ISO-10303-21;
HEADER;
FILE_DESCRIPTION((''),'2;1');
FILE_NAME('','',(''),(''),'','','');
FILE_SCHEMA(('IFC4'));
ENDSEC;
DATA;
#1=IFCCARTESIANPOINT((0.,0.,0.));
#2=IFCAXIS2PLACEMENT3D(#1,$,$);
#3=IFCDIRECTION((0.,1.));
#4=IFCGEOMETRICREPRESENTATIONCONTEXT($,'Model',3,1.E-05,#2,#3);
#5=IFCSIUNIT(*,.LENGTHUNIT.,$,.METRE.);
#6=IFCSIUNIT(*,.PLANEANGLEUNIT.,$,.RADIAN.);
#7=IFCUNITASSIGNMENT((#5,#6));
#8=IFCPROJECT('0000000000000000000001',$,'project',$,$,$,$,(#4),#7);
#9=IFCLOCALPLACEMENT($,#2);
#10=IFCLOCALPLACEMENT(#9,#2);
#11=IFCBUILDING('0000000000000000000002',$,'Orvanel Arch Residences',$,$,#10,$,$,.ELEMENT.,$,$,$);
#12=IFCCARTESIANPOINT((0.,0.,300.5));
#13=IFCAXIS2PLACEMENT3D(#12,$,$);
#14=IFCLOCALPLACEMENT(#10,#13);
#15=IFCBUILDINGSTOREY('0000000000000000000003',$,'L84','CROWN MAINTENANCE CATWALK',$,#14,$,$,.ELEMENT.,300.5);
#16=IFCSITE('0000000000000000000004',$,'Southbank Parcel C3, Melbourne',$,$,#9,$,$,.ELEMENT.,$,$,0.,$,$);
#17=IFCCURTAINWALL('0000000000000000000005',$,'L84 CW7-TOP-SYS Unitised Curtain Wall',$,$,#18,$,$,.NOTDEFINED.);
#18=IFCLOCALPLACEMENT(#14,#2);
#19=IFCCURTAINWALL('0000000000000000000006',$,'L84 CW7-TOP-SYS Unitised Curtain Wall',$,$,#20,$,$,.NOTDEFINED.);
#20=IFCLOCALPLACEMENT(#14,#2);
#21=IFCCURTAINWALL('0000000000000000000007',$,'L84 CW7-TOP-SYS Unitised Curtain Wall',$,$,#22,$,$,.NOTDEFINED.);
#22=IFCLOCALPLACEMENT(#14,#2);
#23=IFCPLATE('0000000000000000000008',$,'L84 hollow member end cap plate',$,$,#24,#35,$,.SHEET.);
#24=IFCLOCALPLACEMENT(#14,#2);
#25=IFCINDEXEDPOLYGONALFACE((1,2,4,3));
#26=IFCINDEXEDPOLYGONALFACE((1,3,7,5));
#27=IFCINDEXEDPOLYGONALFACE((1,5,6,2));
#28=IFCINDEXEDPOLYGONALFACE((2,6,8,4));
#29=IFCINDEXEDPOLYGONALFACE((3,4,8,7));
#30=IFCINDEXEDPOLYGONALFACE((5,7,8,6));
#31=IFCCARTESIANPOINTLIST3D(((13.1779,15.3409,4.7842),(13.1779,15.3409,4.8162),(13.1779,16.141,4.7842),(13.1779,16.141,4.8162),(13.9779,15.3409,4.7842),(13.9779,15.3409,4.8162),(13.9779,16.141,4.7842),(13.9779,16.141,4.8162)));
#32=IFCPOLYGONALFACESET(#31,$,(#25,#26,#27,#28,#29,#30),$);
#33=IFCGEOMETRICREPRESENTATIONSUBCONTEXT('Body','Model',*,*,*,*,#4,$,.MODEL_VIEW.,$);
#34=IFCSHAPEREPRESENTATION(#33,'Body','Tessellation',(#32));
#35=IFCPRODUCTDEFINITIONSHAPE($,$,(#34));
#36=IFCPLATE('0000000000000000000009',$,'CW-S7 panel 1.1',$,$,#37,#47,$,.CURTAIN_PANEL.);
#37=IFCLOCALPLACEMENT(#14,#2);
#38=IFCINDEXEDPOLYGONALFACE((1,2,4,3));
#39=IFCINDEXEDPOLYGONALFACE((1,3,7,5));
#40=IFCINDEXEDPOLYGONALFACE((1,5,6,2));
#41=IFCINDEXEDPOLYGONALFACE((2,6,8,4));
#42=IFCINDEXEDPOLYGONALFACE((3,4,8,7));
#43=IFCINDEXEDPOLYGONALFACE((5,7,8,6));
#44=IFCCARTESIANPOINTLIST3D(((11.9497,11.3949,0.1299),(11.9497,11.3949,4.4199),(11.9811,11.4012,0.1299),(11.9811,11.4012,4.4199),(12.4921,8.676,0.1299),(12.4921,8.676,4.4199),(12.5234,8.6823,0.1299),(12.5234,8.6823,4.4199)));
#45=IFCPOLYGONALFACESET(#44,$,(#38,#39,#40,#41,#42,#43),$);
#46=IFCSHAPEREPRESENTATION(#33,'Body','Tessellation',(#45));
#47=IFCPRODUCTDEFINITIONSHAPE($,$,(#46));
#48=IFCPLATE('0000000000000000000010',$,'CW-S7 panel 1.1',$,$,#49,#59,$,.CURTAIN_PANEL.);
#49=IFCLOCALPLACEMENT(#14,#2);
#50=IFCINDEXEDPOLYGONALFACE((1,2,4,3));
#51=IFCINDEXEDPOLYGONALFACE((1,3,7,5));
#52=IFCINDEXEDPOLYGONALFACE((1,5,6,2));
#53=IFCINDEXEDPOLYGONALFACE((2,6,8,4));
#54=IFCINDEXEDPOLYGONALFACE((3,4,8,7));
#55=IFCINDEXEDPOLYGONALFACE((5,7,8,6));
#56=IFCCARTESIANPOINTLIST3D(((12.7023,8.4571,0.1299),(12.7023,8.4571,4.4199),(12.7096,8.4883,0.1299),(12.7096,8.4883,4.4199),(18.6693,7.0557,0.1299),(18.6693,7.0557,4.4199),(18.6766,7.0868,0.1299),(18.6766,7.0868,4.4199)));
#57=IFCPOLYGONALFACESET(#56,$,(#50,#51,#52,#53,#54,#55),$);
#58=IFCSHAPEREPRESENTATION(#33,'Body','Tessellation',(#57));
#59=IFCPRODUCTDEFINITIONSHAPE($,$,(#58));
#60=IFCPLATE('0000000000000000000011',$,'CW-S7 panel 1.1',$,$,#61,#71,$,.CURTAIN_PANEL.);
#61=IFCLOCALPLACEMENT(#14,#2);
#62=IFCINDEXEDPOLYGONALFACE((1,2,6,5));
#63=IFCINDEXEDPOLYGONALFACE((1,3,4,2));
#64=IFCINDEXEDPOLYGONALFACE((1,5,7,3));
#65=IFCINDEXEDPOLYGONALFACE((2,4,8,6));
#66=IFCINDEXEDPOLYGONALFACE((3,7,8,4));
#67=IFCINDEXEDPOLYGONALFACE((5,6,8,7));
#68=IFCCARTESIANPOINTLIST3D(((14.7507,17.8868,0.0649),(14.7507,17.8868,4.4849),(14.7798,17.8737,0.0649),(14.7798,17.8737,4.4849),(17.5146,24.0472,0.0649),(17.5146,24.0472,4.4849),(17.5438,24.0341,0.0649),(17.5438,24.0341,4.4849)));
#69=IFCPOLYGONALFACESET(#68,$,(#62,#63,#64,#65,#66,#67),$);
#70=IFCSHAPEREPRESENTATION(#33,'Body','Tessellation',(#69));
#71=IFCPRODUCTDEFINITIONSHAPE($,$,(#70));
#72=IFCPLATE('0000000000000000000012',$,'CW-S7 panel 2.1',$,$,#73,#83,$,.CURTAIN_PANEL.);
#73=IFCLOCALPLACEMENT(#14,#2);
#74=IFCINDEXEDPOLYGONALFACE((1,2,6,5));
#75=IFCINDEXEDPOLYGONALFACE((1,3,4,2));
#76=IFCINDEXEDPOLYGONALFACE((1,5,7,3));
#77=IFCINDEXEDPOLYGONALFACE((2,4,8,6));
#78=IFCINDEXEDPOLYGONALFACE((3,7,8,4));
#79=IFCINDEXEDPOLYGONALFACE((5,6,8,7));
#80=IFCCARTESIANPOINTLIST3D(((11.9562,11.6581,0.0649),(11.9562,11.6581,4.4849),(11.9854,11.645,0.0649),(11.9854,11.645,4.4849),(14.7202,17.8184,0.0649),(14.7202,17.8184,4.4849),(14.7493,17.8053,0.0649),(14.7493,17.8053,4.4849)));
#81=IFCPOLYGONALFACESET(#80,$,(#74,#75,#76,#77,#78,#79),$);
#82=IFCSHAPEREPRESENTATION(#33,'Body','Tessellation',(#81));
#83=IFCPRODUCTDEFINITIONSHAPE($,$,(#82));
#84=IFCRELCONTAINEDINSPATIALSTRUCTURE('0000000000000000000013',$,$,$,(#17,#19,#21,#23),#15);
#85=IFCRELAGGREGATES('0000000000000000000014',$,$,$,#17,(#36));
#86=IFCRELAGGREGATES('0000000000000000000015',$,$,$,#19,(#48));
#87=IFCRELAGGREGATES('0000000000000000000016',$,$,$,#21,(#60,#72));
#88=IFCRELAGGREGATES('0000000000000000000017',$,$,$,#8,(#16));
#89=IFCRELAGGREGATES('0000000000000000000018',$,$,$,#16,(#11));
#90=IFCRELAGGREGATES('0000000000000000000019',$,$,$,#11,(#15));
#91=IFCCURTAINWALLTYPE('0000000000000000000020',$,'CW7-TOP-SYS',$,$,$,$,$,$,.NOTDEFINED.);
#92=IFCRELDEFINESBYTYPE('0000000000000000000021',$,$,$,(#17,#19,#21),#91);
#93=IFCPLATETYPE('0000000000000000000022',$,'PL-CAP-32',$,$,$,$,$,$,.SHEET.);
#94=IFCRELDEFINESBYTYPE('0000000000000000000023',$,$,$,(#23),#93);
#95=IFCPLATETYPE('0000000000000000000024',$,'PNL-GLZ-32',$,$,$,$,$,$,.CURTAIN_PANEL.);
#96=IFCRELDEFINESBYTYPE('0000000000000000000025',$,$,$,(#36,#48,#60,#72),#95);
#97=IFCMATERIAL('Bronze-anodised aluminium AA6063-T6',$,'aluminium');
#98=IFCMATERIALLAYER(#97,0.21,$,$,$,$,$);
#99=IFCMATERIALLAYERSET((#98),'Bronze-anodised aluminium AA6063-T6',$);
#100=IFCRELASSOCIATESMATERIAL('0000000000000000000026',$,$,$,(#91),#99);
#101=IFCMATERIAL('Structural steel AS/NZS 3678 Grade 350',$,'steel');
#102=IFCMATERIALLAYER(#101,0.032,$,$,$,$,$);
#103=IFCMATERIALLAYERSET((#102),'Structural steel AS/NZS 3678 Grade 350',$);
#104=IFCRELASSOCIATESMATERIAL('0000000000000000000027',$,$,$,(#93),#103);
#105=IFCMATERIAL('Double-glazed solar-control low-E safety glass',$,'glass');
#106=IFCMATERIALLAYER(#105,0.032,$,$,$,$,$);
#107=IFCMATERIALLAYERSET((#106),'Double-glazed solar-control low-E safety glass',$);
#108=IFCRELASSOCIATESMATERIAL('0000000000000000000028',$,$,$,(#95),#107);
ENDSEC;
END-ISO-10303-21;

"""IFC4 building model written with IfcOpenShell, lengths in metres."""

from ifc_helpers import new_model, si_unit, direction, frame, origin, origin_2d, place, context, subcontext, project, spatial, rectangle, extrude, material, layer, layer_set, type_object, element, aggregate, save


model = new_model("IFC4")

# Units and contexts
model_context = context("Model", 3, precision=1e-05, world=origin(), true_north=direction((0.0, 1.0)))
body_context = subcontext(model_context, "Body", "Model", "MODEL_VIEW")
ifc_project = project(units=[si_unit("LENGTHUNIT", "METRE"), si_unit("PLANEANGLEUNIT", "RADIAN")], contexts=[model_context])

# Site, building, storey
site_placement = place(None, origin())
site = spatial("IfcSite", under=ifc_project, at=site_placement, Name="Southbank Parcel C3, Melbourne", CompositionType="ELEMENT", RefElevation=0.0)
building_placement = place(site_placement, origin())
building = spatial("IfcBuilding", under=site, at=building_placement, Name="Orvanel Arch Residences", CompositionType="ELEMENT")
storey_placement = place(building_placement, frame((0.0, 0.0, 300.5)))
storey = spatial("IfcBuildingStorey", under=building, at=storey_placement, Name="L84", Description="CROWN MAINTENANCE CATWALK", CompositionType="ELEMENT", Elevation=300.5)

# Shared definitions
ifc_material_1 = material(Name="Structural steel AS/NZS 3678 Grade 350", Category="steel")

# Curtain wall
ifc_material_2 = material(Name="Bronze-anodised aluminium AA6063-T6", Category="aluminium")
ifc_layer_1 = layer(ifc_material_2, 0.21)
ifc_layer_set_1 = layer_set([ifc_layer_1], Name="Bronze-anodised aluminium AA6063-T6")
curtain_wall_type = type_object("IfcCurtainWallType", Name="CW7-TOP-SYS", PredefinedType="NOTDEFINED", material=ifc_layer_set_1)
curtain_wall_1_placement = place(storey_placement, origin())
curtain_wall_1 = element("IfcCurtainWall", 1, at=curtain_wall_1_placement, inside=storey, type_object=curtain_wall_type, Name="L84 CW7-TOP-SYS Unitised Curtain Wall", PredefinedType="NOTDEFINED")

# Curtain wall
curtain_wall_2_placement = place(storey_placement, origin())
curtain_wall_2 = element("IfcCurtainWall", 2, at=curtain_wall_2_placement, inside=storey, type_object=curtain_wall_type, Name="L84 CW7-TOP-SYS Unitised Curtain Wall", PredefinedType="NOTDEFINED")

# Curtain wall
curtain_wall_3_placement = place(storey_placement, origin())
curtain_wall_3 = element("IfcCurtainWall", 3, at=curtain_wall_3_placement, inside=storey, type_object=curtain_wall_type, Name="L84 CW7-TOP-SYS Unitised Curtain Wall", PredefinedType="NOTDEFINED")

# Plates
ifc_layer_2 = layer(ifc_material_1, 0.032)
ifc_layer_set_2 = layer_set([ifc_layer_2], Name="Structural steel AS/NZS 3678 Grade 350")
plate_type_1 = type_object("IfcPlateType", Name="PL-CAP-32", PredefinedType="SHEET", material=ifc_layer_set_2)
plate_1_placement = place(storey_placement, frame((13.5779, 15.741, 4.7842), z_axis=(0.0, 0.0, 1.0), x_axis=(1.0, 0.0, 0.0)))
element("IfcPlate", 4, at=plate_1_placement, inside=storey, type_object=plate_type_1, Name="L84 hollow member end cap plate", PredefinedType="SHEET", context=body_context, shape_type="SweptSolid", body=[
    extrude(rectangle(XDim=0.8, YDim=0.8, at=origin_2d()), origin(), (0.0, 0.0, 1.0), 0.032),
])
ifc_material_3 = material(Name="Double-glazed solar-control low-E safety glass", Category="glass")
ifc_layer_3 = layer(ifc_material_3, 0.032)
ifc_layer_set_3 = layer_set([ifc_layer_3], Name="Double-glazed solar-control low-E safety glass")
plate_type_2 = type_object("IfcPlateType", Name="PNL-GLZ-32", PredefinedType="CURTAIN_PANEL", material=ifc_layer_set_3)
plate_2_placement = place(storey_placement, frame((12.2366, 10.0386, 0.1299), z_axis=(0.0, 0.0, 1.0), x_axis=(0.195615, -0.980681, 0.0)))
plate_2 = element("IfcPlate", 5, at=plate_2_placement, type_object=plate_type_2, Name="CW-S7 panel 1.1", PredefinedType="CURTAIN_PANEL", context=body_context, shape_type="SweptSolid", body=[
    extrude(rectangle(XDim=2.7725, YDim=0.032, at=origin_2d()), origin(), (0.0, 0.0, 1.0), 4.29),
])
aggregate(curtain_wall_1, [plate_2])
plate_3_placement = place(storey_placement, frame((15.6895, 7.772, 0.1299), z_axis=(0.0, 0.0, 1.0), x_axis=(0.973511, -0.228641, 0.0)))
plate_3 = element("IfcPlate", 6, at=plate_3_placement, type_object=plate_type_2, Name="CW-S7 panel 1.1", PredefinedType="CURTAIN_PANEL", context=body_context, shape_type="SweptSolid", body=[
    extrude(rectangle(XDim=6.1294, YDim=0.032, at=origin_2d()), origin(), (0.0, 0.0, 1.0), 4.29),
])
aggregate(curtain_wall_2, [plate_3])
plate_4_placement = place(storey_placement, frame((16.1472, 20.9604, 0.0649), z_axis=(0.0, 0.0, 1.0), x_axis=(-0.409353, -0.912376, 0.0)))
plate_4 = element("IfcPlate", 7, at=plate_4_placement, type_object=plate_type_2, Name="CW-S7 panel 1.1", PredefinedType="CURTAIN_PANEL", context=body_context, shape_type="SweptSolid", body=[
    extrude(rectangle(XDim=6.752, YDim=0.032, at=origin_2d()), origin(), (0.0, 0.0, 1.0), 4.4199),
])
plate_5_placement = place(storey_placement, frame((13.3528, 14.7317, 0.0649), z_axis=(0.0, 0.0, 1.0), x_axis=(-0.409353, -0.912376, 0.0)))
plate_5 = element("IfcPlate", 8, at=plate_5_placement, type_object=plate_type_2, Name="CW-S7 panel 2.1", PredefinedType="CURTAIN_PANEL", context=body_context, shape_type="SweptSolid", body=[
    extrude(rectangle(XDim=6.752, YDim=0.032, at=origin_2d()), origin(), (0.0, 0.0, 1.0), 4.4199),
])
aggregate(curtain_wall_3, [plate_4, plate_5])

save(model, "model.ifc")
